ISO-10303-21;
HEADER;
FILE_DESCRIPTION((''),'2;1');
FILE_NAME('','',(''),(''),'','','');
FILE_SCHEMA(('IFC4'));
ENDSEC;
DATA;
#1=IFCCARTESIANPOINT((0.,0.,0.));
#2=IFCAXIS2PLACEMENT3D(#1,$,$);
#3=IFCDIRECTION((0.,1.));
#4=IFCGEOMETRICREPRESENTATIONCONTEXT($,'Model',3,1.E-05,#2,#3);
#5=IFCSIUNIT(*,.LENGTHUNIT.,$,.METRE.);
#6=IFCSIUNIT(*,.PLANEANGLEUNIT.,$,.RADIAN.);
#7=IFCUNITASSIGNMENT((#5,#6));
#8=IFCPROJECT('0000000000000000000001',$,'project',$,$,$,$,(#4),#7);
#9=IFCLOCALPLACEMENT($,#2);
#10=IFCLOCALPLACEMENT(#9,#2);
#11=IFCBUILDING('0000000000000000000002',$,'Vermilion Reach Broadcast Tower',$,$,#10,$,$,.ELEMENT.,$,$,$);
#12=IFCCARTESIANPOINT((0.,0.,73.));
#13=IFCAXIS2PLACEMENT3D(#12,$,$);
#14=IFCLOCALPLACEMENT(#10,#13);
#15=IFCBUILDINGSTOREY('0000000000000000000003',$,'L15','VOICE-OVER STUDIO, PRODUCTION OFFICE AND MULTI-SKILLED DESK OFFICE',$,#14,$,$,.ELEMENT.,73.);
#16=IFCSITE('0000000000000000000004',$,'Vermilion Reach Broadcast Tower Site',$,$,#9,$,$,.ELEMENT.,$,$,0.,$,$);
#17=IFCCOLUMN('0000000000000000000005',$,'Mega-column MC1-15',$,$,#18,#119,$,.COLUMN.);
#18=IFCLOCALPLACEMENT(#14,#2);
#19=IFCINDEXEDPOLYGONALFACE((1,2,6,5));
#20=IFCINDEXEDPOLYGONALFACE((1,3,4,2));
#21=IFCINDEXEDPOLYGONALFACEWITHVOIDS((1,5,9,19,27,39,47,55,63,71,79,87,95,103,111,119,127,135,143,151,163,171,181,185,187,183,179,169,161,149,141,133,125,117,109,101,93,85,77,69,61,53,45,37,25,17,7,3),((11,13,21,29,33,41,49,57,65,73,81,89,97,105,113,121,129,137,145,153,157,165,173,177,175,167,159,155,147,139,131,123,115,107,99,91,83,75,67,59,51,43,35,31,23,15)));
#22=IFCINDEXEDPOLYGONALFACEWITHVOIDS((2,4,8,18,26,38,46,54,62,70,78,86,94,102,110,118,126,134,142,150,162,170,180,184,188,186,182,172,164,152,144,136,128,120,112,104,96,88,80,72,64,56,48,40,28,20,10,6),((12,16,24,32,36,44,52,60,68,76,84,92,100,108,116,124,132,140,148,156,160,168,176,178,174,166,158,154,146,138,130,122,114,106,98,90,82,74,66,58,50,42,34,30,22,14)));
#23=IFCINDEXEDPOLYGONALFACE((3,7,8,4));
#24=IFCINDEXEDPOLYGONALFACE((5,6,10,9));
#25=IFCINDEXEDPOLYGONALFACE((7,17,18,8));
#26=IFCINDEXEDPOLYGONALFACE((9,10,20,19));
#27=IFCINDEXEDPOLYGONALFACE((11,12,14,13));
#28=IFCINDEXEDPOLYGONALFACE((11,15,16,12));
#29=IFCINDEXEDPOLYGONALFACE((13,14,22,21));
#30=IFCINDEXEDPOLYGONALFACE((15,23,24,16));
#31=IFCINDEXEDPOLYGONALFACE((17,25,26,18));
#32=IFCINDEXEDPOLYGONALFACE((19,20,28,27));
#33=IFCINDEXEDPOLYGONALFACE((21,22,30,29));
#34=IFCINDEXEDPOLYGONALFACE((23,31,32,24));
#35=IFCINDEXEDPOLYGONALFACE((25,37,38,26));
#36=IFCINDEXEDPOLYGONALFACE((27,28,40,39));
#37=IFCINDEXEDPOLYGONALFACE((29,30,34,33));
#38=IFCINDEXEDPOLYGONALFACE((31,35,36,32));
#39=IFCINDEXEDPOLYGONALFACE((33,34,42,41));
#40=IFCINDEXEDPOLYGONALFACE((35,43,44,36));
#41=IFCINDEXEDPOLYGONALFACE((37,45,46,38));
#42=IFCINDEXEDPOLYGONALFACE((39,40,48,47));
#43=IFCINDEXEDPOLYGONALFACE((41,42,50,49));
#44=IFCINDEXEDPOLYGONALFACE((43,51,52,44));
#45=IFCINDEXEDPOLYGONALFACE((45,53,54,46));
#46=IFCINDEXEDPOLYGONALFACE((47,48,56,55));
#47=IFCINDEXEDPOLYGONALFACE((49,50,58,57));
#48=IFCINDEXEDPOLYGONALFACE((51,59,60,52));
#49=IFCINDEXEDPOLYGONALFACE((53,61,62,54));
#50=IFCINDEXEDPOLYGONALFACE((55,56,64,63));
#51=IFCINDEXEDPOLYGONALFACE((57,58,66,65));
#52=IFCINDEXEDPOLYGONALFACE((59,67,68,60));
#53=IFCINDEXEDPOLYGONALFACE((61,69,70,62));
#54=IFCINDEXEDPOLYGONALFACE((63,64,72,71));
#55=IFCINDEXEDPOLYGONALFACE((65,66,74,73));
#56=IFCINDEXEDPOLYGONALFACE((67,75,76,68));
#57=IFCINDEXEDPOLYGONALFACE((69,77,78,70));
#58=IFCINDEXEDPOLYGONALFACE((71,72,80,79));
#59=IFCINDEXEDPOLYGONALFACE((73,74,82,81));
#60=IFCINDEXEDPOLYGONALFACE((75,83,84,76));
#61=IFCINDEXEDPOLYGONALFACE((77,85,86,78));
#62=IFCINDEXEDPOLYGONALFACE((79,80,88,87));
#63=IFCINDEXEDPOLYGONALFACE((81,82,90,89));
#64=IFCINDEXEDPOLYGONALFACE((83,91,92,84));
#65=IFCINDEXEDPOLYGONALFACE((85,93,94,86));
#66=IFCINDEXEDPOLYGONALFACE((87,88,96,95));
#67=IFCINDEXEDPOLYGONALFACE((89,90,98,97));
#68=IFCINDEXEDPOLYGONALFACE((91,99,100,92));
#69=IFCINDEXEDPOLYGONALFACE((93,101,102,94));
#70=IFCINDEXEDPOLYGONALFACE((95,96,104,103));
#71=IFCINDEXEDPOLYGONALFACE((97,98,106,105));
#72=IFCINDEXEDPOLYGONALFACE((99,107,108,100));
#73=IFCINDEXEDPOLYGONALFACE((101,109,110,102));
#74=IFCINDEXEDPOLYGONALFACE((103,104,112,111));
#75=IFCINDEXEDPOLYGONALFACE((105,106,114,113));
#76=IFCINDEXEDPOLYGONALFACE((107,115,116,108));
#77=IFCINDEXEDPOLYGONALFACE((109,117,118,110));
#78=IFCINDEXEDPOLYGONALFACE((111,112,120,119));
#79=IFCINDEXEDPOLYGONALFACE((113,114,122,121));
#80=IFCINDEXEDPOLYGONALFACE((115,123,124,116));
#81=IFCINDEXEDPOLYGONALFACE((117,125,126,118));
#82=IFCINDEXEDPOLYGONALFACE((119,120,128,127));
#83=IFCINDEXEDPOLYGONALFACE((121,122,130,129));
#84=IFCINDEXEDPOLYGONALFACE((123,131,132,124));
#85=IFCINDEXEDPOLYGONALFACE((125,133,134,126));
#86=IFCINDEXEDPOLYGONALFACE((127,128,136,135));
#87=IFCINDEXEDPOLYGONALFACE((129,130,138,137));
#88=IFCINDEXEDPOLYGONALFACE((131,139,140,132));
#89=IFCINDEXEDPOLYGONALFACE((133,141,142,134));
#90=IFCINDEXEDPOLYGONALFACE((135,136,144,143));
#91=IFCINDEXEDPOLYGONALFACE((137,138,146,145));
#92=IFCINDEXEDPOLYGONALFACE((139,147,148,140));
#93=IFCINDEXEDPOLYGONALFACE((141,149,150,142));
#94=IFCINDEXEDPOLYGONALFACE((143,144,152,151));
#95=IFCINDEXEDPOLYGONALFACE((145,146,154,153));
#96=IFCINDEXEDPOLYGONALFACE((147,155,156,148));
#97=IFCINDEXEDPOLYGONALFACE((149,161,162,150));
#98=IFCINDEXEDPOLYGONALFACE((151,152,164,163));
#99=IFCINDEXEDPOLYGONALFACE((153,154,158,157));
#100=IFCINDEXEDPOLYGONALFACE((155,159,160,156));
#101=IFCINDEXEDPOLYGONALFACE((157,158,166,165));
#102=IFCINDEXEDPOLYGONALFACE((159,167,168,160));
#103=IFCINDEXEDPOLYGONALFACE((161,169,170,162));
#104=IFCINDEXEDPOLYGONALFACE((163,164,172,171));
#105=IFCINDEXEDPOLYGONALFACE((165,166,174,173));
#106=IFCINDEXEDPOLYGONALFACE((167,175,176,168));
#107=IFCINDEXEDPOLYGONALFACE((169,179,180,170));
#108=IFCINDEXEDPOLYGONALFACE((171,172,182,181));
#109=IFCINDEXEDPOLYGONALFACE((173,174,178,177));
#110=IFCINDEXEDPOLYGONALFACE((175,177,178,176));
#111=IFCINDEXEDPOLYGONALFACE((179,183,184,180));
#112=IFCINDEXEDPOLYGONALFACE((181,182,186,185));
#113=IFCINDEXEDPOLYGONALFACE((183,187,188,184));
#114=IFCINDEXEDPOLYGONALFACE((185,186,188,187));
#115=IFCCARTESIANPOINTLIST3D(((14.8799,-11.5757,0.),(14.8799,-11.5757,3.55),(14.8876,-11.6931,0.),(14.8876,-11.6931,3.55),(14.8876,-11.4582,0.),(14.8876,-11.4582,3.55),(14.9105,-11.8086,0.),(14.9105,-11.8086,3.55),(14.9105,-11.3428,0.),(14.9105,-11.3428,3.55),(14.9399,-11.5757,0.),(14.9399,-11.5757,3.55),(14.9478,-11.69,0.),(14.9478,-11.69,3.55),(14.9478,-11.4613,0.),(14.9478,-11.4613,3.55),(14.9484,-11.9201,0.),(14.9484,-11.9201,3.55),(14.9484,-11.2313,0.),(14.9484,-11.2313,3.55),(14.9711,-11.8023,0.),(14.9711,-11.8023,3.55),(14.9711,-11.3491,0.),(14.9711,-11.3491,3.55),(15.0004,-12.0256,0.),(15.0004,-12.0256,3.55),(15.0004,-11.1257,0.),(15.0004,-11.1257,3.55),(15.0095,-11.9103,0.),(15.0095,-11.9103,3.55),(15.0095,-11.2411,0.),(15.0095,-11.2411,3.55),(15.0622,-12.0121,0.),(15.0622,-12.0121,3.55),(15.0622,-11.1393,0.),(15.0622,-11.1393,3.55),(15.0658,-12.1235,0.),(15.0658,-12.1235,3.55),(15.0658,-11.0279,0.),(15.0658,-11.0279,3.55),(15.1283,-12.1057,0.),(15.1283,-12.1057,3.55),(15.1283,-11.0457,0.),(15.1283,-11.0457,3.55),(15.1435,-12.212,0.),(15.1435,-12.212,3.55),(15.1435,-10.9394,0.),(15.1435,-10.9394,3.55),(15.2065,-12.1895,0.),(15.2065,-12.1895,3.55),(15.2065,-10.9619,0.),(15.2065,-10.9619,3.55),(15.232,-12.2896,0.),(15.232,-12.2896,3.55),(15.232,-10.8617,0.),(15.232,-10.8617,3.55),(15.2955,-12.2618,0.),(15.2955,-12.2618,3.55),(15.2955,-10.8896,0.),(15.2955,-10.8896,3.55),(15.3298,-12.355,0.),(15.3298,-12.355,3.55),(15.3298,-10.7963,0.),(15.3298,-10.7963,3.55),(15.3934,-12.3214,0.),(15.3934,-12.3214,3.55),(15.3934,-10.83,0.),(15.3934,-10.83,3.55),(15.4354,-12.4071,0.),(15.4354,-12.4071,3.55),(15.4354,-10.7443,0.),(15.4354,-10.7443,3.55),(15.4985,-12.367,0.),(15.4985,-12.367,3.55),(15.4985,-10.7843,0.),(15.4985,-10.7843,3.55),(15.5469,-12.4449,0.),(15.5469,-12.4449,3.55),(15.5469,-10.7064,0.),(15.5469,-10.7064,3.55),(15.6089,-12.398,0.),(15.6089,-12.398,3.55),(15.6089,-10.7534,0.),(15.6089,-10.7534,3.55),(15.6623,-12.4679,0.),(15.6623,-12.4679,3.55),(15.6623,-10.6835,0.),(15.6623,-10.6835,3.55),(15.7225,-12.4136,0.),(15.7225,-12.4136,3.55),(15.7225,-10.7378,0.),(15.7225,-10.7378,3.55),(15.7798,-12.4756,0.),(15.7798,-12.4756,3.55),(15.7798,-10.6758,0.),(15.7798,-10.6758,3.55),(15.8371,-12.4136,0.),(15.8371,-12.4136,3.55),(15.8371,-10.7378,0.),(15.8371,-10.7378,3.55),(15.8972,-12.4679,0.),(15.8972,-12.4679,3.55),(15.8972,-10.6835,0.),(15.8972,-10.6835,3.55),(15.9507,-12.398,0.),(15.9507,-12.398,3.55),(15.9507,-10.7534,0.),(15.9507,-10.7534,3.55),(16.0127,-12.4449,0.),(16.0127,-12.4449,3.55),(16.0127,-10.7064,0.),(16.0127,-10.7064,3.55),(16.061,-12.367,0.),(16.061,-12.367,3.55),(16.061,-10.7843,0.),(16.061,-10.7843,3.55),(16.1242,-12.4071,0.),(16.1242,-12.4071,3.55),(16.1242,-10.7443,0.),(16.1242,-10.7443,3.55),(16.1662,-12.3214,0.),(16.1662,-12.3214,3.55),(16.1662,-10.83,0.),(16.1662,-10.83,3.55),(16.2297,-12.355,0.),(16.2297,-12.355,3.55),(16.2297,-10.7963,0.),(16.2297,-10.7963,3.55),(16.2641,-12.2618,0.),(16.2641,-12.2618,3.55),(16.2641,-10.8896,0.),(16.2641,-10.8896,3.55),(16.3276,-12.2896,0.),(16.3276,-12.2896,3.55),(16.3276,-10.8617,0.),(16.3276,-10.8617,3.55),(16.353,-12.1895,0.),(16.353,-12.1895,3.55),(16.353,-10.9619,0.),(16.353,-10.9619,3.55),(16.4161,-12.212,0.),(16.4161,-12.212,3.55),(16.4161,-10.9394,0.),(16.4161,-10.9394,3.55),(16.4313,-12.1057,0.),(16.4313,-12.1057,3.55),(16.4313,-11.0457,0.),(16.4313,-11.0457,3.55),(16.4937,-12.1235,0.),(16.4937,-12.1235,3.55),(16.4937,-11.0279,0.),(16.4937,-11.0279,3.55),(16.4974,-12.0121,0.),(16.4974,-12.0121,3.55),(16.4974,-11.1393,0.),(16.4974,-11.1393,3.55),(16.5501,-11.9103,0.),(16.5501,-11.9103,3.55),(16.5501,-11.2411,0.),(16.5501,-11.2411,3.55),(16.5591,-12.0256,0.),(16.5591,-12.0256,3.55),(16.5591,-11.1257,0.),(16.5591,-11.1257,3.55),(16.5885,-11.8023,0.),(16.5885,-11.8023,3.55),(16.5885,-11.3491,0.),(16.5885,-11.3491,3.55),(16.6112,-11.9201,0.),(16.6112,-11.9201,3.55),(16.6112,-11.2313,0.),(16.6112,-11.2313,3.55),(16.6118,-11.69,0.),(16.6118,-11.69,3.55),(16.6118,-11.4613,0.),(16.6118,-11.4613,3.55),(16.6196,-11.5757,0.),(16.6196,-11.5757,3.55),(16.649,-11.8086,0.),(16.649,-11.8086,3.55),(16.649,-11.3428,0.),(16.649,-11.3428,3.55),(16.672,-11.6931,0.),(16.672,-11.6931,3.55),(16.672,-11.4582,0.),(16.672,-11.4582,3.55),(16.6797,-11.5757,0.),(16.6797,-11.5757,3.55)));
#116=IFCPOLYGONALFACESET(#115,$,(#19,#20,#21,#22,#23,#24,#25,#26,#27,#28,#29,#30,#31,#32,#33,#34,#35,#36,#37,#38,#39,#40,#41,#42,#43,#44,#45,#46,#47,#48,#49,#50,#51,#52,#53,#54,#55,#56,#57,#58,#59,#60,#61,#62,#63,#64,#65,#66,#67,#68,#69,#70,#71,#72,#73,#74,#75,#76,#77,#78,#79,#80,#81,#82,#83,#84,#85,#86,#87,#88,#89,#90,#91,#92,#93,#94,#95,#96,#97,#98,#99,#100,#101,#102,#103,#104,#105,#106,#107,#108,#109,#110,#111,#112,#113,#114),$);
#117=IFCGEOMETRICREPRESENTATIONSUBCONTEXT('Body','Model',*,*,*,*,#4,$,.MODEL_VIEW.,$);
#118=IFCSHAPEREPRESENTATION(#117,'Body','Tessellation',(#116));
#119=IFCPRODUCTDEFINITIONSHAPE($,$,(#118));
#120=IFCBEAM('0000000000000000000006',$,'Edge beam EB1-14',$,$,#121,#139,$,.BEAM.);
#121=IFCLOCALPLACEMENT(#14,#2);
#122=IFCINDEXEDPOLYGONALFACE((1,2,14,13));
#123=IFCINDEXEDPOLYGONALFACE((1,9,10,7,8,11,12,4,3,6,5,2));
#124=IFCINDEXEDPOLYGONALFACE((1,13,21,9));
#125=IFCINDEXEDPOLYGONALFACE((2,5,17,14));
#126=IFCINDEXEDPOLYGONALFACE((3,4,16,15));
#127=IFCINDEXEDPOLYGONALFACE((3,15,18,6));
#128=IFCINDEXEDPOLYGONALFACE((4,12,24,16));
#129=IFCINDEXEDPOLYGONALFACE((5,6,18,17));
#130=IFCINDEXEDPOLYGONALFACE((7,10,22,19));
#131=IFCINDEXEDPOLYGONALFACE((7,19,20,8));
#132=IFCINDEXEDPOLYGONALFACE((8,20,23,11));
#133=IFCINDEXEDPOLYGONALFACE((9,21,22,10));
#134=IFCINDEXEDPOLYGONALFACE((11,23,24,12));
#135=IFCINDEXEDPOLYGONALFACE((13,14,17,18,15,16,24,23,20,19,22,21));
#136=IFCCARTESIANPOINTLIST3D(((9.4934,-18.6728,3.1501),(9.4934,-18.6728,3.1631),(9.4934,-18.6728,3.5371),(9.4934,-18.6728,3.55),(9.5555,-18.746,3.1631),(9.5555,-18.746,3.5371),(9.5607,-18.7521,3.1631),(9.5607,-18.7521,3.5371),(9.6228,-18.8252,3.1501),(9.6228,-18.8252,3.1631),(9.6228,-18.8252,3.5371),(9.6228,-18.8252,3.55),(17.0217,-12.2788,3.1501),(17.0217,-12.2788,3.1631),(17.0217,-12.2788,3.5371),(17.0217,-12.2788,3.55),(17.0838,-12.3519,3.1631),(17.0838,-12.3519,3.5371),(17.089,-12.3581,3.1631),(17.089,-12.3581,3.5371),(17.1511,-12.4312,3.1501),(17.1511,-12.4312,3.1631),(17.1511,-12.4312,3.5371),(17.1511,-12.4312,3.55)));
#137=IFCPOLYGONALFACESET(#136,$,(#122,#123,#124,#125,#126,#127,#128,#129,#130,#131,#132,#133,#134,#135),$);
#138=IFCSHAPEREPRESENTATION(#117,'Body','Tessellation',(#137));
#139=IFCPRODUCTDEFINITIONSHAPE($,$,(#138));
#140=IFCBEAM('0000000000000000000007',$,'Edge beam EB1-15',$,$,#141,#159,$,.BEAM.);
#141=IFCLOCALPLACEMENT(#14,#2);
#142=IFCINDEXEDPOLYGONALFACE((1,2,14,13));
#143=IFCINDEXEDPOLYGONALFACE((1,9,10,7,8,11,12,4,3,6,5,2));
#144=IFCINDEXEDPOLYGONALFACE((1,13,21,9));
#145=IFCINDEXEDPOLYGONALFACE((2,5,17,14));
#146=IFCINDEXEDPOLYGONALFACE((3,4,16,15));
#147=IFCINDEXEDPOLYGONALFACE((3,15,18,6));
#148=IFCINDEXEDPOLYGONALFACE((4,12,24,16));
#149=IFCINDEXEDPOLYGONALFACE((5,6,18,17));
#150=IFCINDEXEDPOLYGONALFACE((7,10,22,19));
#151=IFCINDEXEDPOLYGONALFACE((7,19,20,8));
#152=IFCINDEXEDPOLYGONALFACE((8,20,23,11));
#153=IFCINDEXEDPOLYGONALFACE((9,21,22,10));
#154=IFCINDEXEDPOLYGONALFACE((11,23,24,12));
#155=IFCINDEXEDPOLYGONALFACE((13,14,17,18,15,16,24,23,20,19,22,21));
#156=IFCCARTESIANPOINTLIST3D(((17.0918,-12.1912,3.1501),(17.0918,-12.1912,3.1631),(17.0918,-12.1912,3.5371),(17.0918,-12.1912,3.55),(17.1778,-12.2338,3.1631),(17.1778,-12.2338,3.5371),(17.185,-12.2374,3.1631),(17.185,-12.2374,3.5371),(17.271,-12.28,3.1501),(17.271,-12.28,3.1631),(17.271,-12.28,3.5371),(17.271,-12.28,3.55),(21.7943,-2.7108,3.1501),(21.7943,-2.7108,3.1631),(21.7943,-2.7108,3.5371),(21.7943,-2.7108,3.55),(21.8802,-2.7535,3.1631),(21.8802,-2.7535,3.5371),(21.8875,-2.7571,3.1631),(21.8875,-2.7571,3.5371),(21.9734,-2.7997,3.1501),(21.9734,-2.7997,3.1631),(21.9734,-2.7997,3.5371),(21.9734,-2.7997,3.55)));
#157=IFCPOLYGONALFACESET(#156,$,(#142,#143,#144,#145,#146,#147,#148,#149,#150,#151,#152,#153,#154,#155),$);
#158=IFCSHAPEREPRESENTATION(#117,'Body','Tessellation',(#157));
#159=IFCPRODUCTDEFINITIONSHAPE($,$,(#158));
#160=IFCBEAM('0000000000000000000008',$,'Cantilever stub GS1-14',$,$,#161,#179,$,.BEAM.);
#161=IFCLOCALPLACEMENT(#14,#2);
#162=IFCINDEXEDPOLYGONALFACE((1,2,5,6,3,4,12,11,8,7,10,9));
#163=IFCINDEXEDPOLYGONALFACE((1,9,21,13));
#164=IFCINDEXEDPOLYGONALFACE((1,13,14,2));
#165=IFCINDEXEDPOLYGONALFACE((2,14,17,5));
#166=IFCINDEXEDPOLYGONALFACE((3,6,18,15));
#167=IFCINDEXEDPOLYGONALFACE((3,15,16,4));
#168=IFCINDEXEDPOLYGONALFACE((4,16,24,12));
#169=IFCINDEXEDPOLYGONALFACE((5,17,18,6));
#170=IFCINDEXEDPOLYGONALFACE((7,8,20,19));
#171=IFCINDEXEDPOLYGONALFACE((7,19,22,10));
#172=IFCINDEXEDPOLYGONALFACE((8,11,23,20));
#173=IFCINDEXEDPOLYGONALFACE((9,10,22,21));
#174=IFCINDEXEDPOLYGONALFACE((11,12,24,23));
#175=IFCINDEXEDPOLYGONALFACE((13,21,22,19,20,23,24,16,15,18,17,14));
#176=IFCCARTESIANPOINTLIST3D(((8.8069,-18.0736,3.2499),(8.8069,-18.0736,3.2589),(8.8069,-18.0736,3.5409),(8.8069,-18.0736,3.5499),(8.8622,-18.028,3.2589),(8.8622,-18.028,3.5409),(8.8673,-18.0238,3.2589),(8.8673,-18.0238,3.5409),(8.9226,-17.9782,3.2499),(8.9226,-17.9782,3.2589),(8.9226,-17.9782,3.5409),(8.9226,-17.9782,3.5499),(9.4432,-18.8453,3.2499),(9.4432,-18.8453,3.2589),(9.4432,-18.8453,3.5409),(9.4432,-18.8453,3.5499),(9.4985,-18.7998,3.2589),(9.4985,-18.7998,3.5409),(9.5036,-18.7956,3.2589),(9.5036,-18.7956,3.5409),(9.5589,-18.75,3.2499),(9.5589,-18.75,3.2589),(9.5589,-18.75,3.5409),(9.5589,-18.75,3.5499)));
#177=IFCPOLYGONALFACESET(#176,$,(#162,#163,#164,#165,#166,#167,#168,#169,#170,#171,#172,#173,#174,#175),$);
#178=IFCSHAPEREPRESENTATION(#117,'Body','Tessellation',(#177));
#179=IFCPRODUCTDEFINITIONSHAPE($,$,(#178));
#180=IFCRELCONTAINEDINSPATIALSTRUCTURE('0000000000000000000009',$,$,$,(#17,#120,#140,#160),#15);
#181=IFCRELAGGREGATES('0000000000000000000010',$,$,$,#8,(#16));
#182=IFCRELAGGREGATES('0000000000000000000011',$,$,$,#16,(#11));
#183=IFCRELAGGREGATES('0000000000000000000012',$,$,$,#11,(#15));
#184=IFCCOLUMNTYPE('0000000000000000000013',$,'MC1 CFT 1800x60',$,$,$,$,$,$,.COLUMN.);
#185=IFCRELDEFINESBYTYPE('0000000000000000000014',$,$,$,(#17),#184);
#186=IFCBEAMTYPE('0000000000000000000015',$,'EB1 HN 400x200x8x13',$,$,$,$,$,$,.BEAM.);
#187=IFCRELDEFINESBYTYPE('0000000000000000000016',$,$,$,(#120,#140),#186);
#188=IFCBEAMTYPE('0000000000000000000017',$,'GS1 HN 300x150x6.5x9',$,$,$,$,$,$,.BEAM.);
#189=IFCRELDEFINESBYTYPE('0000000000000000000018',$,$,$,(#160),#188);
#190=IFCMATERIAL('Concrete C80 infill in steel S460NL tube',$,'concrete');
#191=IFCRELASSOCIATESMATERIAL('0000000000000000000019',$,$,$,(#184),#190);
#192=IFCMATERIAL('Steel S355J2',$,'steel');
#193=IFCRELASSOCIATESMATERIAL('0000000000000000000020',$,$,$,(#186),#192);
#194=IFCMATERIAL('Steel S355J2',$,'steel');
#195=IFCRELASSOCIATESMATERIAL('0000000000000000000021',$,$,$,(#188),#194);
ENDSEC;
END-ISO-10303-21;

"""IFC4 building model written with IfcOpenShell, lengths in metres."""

from ifc_helpers import new_model, si_unit, direction, frame, origin, origin_2d, place, context, subcontext, project, spatial, hollow_circle, i_section, extrude, material, material_profile, profile_set, type_object, element, save


model = new_model("IFC4")

# Units and contexts
model_context = context("Model", 3, precision=1e-05, world=origin(), true_north=direction((0.0, 1.0)))
body_context = subcontext(model_context, "Body", "Model", "MODEL_VIEW")
ifc_project = project(units=[si_unit("LENGTHUNIT", "METRE"), si_unit("PLANEANGLEUNIT", "RADIAN")], contexts=[model_context])

# Site, building, storey
site_placement = place(None, origin())
site = spatial("IfcSite", under=ifc_project, at=site_placement, Name="Vermilion Reach Broadcast Tower Site", CompositionType="ELEMENT", RefElevation=0.0)
building_placement = place(site_placement, origin())
building = spatial("IfcBuilding", under=site, at=building_placement, Name="Vermilion Reach Broadcast Tower", CompositionType="ELEMENT")
storey_placement = place(building_placement, frame((0.0, 0.0, 73.0)))
storey = spatial("IfcBuildingStorey", under=building, at=storey_placement, Name="L15", Description="VOICE-OVER STUDIO, PRODUCTION OFFICE AND MULTI-SKILLED DESK OFFICE", CompositionType="ELEMENT", Elevation=73.0)

# Column
ifc_material_1 = material(Name="Concrete C80 infill in steel S460NL tube", Category="concrete")
ifc_material_profile_1 = material_profile(ifc_material_1, hollow_circle(Radius=0.8999, WallThickness=0.0601, at=origin_2d()), Name="Concrete C80 infill in steel S460NL tube CFT 1800x60")
ifc_profile_set_1 = profile_set([ifc_material_profile_1], Name="Concrete C80 infill in steel S460NL tube")
column_type = type_object("IfcColumnType", Name="MC1 CFT 1800x60", PredefinedType="COLUMN", material=ifc_profile_set_1)
for number, where, z_axis, x_axis, name in (
    (1, (15.7798, -11.5757, 0.0), (0.0, 0.0, 1.0), (1.0, 0.0, 0.0), "Mega-column MC1-15"),
):
    element("IfcColumn", number, at=place(storey_placement, frame(where, z_axis=z_axis, x_axis=x_axis)), inside=storey, type_object=column_type, Name=name, PredefinedType="COLUMN", context=body_context, shape_type="SweptSolid", body=[
        extrude(hollow_circle(Radius=0.8999, WallThickness=0.0601, at=origin_2d()), origin(), (0.0, 0.0, 1.0), 3.55),
    ])

# Beams
ifc_material_2 = material(Name="Steel S355J2", Category="steel")
ifc_material_profile_2 = material_profile(ifc_material_2, i_section(OverallWidth=0.2, OverallDepth=0.3999, WebThickness=0.0081, FlangeThickness=0.0129, at=origin_2d()), Name="S355J2 HN 400x200x8x13")
ifc_profile_set_2 = profile_set([ifc_material_profile_2], Name="Steel S355J2")
beam_type_1 = type_object("IfcBeamType", Name="EB1 HN 400x200x8x13", PredefinedType="BEAM", material=ifc_profile_set_2)
beam_1_placement = place(storey_placement, frame((9.5581, -18.749, 3.3501), z_axis=(0.762191, 0.647353, 0.0), x_axis=(-0.647353, 0.762191, 0.0)))
element("IfcBeam", 2, at=beam_1_placement, inside=storey, type_object=beam_type_1, Name="Edge beam EB1-14", PredefinedType="BEAM", context=body_context, shape_type="SweptSolid", body=[
    extrude(i_section(OverallWidth=0.2, OverallDepth=0.3999, WebThickness=0.0081, FlangeThickness=0.0129, at=origin_2d()), origin(), (0.0, 0.0, 1.0), 9.8772),
])
beam_2_placement = place(storey_placement, frame((17.1814, -12.2356, 3.3501), z_axis=(0.44436, 0.895848, 0.0), x_axis=(-0.895848, 0.44436, 0.0)))
element("IfcBeam", 3, at=beam_2_placement, inside=storey, type_object=beam_type_1, Name="Edge beam EB1-15", PredefinedType="BEAM", context=body_context, shape_type="SweptSolid", body=[
    extrude(i_section(OverallWidth=0.2, OverallDepth=0.3999, WebThickness=0.0081, FlangeThickness=0.0129, at=origin_2d()), origin(), (0.0, 0.0, 1.0), 10.5825),
])
ifc_material_3 = material(Name="Steel S355J2", Category="steel")
ifc_material_profile_3 = material_profile(ifc_material_3, i_section(OverallWidth=0.1499, OverallDepth=0.3, WebThickness=0.0066, FlangeThickness=0.009, at=origin_2d()), Name="S355J2 HN 300x150x6.5x9")
ifc_profile_set_3 = profile_set([ifc_material_profile_3], Name="Steel S355J2")
beam_type_2 = type_object("IfcBeamType", Name="GS1 HN 300x150x6.5x9", PredefinedType="BEAM", material=ifc_profile_set_3)
beam_3_placement = place(storey_placement, frame((8.8647, -18.0259, 3.3999), z_axis=(0.636118, -0.771592, 0.0), x_axis=(0.771592, 0.636118, 0.0)))
element("IfcBeam", 4, at=beam_3_placement, inside=storey, type_object=beam_type_2, Name="Cantilever stub GS1-14", PredefinedType="BEAM", context=body_context, shape_type="SweptSolid", body=[
    extrude(i_section(OverallWidth=0.1499, OverallDepth=0.3, WebThickness=0.0066, FlangeThickness=0.009, at=origin_2d()), origin(), (0.0, 0.0, 1.0), 1.0002),
])

save(model, "model.ifc")
